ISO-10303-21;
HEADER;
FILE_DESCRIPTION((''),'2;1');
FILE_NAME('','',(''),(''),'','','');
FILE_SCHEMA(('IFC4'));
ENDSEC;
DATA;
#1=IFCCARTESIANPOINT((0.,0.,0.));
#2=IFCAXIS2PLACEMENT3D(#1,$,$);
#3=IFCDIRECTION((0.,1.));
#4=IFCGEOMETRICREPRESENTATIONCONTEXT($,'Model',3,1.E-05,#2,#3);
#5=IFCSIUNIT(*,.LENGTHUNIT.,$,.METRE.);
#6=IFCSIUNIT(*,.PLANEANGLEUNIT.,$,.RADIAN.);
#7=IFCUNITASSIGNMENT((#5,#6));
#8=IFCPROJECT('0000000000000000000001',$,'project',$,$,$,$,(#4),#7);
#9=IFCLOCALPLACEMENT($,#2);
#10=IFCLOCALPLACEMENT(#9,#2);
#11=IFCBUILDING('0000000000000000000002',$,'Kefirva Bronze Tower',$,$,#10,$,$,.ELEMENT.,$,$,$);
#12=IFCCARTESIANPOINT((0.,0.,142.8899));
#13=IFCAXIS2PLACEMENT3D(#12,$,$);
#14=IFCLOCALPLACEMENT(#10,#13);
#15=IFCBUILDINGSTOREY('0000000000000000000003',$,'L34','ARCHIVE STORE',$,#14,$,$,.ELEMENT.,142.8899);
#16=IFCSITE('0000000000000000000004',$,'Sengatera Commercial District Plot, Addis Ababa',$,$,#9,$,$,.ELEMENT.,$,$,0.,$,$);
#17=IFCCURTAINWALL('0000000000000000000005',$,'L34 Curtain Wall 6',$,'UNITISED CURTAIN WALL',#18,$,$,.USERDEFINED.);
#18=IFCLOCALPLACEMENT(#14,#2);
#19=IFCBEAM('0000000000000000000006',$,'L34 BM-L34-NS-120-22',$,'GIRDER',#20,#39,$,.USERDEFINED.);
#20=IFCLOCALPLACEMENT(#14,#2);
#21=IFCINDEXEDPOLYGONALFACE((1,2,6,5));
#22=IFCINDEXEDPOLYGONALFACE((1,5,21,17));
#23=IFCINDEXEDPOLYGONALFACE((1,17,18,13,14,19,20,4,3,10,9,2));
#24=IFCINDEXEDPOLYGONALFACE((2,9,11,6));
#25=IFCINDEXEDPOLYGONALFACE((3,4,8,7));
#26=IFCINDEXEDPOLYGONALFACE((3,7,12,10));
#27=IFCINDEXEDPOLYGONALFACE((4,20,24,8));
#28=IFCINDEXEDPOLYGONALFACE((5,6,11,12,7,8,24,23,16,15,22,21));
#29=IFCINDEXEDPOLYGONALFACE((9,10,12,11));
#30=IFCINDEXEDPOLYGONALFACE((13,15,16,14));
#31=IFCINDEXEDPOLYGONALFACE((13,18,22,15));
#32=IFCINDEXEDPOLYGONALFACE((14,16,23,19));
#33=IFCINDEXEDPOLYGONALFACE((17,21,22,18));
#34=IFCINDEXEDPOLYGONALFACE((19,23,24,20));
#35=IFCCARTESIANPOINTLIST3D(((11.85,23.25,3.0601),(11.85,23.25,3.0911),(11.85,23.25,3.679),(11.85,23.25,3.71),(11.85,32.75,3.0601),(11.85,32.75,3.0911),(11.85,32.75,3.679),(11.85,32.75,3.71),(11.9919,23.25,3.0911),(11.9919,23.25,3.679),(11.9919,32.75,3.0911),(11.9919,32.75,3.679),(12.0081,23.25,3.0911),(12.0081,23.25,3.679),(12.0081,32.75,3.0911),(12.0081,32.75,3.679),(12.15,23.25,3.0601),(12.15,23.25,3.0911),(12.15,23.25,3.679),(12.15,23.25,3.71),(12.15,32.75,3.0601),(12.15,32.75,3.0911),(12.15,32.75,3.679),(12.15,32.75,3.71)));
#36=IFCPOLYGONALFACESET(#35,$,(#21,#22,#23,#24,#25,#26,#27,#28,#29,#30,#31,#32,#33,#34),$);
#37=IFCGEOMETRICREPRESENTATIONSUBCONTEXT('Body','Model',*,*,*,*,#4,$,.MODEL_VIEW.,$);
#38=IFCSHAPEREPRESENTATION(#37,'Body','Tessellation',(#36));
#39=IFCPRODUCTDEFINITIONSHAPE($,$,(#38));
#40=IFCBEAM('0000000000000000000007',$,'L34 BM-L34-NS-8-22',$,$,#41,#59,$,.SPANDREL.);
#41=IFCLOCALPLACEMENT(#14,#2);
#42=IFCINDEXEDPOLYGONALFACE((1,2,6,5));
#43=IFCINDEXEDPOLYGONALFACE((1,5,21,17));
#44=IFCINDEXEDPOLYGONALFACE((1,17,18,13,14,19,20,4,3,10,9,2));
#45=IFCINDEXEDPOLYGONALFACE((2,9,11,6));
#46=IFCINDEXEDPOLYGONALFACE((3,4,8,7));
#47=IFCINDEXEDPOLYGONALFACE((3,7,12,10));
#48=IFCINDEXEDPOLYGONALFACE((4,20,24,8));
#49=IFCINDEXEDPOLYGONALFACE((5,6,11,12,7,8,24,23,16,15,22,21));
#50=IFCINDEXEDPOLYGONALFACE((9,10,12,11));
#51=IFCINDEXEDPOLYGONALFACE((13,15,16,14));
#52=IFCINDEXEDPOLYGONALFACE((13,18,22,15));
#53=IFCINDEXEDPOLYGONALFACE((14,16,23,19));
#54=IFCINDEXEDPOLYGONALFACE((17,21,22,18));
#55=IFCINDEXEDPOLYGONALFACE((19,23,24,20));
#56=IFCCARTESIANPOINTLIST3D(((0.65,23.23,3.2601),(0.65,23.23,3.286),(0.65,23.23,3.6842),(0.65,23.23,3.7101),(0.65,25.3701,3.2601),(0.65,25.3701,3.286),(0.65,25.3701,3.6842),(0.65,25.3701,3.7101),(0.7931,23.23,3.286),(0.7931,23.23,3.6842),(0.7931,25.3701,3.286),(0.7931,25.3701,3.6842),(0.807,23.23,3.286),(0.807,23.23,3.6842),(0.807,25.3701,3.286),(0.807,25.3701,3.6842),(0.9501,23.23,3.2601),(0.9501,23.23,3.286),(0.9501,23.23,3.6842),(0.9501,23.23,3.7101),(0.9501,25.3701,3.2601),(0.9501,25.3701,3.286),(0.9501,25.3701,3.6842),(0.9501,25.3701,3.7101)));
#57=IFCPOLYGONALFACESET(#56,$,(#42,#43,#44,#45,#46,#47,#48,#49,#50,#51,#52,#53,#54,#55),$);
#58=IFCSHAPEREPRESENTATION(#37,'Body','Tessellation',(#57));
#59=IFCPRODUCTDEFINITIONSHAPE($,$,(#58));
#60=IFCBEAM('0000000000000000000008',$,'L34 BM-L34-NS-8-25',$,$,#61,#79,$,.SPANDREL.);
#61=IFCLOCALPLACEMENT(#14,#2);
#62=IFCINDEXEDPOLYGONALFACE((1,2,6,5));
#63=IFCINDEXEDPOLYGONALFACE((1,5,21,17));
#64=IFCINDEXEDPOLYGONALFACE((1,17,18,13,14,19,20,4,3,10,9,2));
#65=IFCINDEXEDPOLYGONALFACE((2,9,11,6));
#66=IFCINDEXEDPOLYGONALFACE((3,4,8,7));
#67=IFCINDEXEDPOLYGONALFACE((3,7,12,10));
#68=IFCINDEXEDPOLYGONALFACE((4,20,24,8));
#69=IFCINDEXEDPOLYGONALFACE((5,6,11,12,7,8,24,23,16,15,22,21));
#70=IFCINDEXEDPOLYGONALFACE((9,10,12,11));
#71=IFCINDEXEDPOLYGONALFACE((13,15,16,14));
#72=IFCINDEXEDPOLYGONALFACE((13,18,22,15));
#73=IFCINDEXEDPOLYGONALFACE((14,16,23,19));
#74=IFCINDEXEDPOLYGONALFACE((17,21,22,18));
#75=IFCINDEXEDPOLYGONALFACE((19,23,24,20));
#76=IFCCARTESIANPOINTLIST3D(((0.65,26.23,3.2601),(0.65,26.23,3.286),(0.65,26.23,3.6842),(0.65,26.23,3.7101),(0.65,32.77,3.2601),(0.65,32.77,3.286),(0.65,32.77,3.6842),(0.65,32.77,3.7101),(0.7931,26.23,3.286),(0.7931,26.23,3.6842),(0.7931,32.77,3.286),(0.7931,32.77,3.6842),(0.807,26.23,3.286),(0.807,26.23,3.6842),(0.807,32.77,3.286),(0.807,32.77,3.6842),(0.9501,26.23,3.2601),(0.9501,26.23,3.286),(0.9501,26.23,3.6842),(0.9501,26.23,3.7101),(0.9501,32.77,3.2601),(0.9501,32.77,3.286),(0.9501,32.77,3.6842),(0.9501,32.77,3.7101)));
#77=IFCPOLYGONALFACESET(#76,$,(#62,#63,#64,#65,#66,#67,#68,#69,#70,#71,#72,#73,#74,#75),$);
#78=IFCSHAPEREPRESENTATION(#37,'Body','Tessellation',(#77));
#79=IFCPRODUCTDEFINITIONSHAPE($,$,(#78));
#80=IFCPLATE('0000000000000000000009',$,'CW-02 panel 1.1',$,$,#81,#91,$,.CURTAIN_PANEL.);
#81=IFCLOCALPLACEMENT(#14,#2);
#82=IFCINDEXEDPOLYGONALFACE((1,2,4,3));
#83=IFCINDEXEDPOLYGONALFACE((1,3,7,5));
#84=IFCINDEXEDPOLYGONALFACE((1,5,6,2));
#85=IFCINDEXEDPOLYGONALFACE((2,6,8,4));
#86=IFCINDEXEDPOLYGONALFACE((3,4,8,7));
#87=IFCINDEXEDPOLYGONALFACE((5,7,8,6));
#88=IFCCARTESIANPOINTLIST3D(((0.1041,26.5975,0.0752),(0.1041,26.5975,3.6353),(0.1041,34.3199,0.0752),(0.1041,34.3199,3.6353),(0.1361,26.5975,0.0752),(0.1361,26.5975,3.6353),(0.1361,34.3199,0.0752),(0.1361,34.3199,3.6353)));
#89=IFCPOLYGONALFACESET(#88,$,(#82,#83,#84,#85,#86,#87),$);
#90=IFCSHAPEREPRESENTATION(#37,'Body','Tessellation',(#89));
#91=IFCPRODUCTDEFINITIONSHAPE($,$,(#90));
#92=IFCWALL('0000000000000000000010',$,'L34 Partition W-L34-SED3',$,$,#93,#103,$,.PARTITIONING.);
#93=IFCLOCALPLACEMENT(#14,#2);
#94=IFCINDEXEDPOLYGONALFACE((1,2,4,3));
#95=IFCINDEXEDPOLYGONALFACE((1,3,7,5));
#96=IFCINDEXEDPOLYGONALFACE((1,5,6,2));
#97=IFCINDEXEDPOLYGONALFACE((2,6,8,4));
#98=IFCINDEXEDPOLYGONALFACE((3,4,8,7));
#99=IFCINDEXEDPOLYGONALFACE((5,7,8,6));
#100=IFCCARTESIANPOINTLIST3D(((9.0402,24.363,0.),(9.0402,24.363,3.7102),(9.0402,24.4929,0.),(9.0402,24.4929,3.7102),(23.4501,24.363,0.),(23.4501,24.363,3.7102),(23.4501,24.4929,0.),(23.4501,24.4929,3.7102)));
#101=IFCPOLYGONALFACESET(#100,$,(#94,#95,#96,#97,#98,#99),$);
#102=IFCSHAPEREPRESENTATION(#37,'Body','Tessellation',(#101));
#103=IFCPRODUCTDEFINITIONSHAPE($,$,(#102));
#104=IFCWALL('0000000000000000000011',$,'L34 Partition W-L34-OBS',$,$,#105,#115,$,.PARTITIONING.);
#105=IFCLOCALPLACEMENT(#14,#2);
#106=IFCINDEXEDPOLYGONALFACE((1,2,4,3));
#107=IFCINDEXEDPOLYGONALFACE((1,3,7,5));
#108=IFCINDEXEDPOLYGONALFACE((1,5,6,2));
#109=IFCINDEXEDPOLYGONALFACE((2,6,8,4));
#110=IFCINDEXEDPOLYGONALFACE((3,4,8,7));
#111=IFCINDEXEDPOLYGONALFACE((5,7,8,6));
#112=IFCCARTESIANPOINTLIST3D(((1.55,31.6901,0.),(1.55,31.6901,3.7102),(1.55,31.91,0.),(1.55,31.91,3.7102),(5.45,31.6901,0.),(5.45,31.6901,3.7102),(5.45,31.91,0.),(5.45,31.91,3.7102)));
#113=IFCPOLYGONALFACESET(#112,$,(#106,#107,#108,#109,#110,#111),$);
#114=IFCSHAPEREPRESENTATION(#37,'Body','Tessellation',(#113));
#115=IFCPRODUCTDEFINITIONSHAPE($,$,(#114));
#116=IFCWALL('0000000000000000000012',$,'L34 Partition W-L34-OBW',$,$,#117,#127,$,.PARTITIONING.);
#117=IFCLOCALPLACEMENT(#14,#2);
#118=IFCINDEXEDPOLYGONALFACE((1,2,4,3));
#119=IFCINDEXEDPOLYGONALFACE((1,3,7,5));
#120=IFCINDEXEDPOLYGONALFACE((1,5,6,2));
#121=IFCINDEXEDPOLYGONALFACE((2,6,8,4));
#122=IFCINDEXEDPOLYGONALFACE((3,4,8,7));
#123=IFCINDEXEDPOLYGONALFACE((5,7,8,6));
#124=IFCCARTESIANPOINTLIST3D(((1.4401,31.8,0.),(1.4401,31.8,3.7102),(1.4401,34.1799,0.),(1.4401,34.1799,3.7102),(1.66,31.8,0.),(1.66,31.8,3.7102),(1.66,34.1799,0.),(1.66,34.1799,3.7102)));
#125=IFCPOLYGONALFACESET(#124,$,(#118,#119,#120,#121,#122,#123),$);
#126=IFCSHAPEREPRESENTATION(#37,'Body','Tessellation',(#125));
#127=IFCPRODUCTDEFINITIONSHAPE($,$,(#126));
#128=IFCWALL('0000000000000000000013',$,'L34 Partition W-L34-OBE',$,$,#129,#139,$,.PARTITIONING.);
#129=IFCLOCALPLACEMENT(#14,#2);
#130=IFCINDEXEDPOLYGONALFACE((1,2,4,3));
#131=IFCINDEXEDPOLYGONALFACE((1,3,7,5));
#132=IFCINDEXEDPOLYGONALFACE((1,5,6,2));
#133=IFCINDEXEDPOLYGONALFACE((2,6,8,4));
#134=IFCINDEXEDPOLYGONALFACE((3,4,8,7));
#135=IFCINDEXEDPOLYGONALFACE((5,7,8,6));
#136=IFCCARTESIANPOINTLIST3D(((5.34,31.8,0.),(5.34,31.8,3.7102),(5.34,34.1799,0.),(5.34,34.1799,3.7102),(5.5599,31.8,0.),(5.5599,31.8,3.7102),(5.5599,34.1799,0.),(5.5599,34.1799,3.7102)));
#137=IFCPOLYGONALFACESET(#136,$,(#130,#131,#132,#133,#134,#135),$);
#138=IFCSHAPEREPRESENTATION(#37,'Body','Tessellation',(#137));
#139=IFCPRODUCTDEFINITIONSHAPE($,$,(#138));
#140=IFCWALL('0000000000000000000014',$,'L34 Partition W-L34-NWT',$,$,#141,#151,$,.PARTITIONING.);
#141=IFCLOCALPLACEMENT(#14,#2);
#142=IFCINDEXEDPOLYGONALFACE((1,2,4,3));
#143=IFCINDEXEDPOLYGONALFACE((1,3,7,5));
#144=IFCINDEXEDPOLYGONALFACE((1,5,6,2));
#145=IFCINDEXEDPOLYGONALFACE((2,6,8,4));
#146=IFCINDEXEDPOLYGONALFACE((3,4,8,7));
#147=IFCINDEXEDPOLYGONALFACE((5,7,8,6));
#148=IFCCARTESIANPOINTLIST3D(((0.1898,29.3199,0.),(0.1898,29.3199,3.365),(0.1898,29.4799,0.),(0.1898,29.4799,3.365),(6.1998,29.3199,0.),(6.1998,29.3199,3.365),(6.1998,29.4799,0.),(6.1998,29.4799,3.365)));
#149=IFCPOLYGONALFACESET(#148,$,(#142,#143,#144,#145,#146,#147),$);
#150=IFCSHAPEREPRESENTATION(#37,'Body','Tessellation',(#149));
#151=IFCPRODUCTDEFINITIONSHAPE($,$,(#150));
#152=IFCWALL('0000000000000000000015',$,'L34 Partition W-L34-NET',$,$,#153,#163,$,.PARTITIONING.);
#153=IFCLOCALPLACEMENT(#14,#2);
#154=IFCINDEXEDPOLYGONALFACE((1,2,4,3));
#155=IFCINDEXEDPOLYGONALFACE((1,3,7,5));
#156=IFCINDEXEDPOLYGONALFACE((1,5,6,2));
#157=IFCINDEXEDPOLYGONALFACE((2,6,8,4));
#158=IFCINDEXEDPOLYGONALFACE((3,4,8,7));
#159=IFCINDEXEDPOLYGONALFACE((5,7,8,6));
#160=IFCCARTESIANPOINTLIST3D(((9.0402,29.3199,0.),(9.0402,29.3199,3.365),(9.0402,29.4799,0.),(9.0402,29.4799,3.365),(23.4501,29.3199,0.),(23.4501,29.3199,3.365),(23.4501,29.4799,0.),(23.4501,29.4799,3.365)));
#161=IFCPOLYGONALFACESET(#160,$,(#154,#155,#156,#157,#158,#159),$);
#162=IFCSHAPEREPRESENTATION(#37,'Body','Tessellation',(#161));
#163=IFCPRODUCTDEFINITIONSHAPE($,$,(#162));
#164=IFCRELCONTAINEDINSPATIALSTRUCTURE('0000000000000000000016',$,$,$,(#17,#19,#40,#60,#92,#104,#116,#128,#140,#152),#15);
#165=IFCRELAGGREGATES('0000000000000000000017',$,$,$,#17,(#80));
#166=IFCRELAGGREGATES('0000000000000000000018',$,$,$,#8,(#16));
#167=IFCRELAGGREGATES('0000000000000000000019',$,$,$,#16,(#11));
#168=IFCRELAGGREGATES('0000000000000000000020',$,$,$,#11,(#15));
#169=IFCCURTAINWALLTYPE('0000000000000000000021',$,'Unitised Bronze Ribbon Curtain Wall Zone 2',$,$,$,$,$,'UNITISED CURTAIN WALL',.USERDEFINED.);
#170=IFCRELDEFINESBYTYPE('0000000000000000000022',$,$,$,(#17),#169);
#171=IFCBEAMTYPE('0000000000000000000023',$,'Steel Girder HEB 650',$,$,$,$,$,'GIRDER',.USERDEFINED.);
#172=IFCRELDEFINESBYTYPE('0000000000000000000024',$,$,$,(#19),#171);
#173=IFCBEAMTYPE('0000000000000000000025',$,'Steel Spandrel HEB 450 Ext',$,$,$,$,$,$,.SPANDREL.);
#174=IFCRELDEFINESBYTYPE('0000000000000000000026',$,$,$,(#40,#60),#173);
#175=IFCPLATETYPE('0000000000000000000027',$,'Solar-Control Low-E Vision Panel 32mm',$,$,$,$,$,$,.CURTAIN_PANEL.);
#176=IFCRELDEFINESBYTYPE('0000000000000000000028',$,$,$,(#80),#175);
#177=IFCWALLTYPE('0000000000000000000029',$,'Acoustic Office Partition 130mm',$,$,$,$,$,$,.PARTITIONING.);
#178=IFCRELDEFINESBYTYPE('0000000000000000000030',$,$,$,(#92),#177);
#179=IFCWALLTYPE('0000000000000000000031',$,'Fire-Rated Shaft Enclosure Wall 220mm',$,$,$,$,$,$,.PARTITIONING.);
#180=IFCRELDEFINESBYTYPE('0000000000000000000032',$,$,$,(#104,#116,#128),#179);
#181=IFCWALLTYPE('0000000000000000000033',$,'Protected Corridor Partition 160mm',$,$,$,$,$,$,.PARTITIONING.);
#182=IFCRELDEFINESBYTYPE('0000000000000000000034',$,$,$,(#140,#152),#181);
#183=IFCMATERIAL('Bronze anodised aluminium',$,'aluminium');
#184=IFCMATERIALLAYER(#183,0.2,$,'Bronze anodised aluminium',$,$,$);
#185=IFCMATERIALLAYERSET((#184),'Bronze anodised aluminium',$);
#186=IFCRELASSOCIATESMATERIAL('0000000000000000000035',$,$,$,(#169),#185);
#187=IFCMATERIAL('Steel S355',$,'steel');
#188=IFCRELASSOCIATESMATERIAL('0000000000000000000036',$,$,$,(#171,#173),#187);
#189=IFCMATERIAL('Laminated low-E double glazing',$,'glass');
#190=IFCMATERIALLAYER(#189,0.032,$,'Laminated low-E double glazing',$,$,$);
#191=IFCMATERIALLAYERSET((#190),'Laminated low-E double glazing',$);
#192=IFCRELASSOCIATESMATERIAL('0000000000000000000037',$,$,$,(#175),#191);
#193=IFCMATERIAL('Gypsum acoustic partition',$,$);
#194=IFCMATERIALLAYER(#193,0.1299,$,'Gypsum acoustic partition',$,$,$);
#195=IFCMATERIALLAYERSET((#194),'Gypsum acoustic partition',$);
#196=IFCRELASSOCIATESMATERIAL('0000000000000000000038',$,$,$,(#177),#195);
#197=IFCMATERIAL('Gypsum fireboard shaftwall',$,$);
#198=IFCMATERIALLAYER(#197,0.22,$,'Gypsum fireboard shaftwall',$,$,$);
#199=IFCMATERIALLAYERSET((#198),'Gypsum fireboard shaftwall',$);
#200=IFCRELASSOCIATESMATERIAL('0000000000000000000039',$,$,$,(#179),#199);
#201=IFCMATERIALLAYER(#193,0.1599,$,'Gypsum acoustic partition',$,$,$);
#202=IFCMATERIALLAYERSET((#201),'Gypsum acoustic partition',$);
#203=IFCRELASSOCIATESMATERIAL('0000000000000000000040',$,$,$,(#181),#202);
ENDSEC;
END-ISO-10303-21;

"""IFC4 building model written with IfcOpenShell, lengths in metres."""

from ifc_helpers import new_model, si_unit, direction, frame, frame_2d, origin, origin_2d, place, context, subcontext, project, spatial, rectangle, i_section, extrude, material, layer, layer_set, material_profile, profile_set, type_object, element, aggregate, save


model = new_model("IFC4")

# Units and contexts
model_context = context("Model", 3, precision=1e-05, world=origin(), true_north=direction((0.0, 1.0)))
body_context = subcontext(model_context, "Body", "Model", "MODEL_VIEW")
ifc_project = project(units=[si_unit("LENGTHUNIT", "METRE"), si_unit("PLANEANGLEUNIT", "RADIAN")], contexts=[model_context])

# Site, building, storey
site_placement = place(None, origin())
site = spatial("IfcSite", under=ifc_project, at=site_placement, Name="Sengatera Commercial District Plot, Addis Ababa", CompositionType="ELEMENT", RefElevation=0.0)
building_placement = place(site_placement, origin())
building = spatial("IfcBuilding", under=site, at=building_placement, Name="Kefirva Bronze Tower", CompositionType="ELEMENT")
storey_placement = place(building_placement, frame((0.0, 0.0, 142.8899)))
storey = spatial("IfcBuildingStorey", under=building, at=storey_placement, Name="L34", Description="ARCHIVE STORE", CompositionType="ELEMENT", Elevation=142.8899)

# Curtain wall
ifc_material_1 = material(Name="Bronze anodised aluminium", Category="aluminium")
ifc_layer_1 = layer(ifc_material_1, 0.2, Name="Bronze anodised aluminium")
ifc_layer_set_1 = layer_set([ifc_layer_1], Name="Bronze anodised aluminium")
curtain_wall_type = type_object("IfcCurtainWallType", Name="Unitised Bronze Ribbon Curtain Wall Zone 2", ElementType="UNITISED CURTAIN WALL", PredefinedType="USERDEFINED", material=ifc_layer_set_1)
curtain_wall_placement = place(storey_placement, origin())
curtain_wall = element("IfcCurtainWall", 1, at=curtain_wall_placement, inside=storey, type_object=curtain_wall_type, Name="L34 Curtain Wall 6", ObjectType="UNITISED CURTAIN WALL", PredefinedType="USERDEFINED")

# Beams
ifc_material_2 = material(Name="Steel S355", Category="steel")
ifc_material_profile_1 = material_profile(ifc_material_2, i_section(OverallWidth=0.3, OverallDepth=0.6499, WebThickness=0.0161, FlangeThickness=0.031, at=origin_2d()), Name="HEB 650")
ifc_profile_set_1 = profile_set([ifc_material_profile_1], Name="Steel S355")
beam_type_1 = type_object("IfcBeamType", Name="Steel Girder HEB 650", ElementType="GIRDER", PredefinedType="USERDEFINED", material=ifc_profile_set_1)
beam_1_placement = place(storey_placement, frame((12.0, 23.25, 3.385), z_axis=(0.0, 1.0, 0.0), x_axis=(-1.0, 0.0, 0.0)))
element("IfcBeam", 2, at=beam_1_placement, inside=storey, type_object=beam_type_1, Name="L34 BM-L34-NS-120-22", ObjectType="GIRDER", PredefinedType="USERDEFINED", context=body_context, shape_type="SweptSolid", body=[
    extrude(i_section(OverallWidth=0.3, OverallDepth=0.6499, WebThickness=0.0161, FlangeThickness=0.031, at=origin_2d()), origin(), (0.0, 0.0, 1.0), 9.5),
])
ifc_material_profile_2 = material_profile(ifc_material_2, i_section(OverallWidth=0.3, OverallDepth=0.45, WebThickness=0.0139, FlangeThickness=0.0259, at=origin_2d()), Name="HEB 450")
ifc_profile_set_2 = profile_set([ifc_material_profile_2], Name="Steel S355")
beam_type_2 = type_object("IfcBeamType", Name="Steel Spandrel HEB 450 Ext", PredefinedType="SPANDREL", material=ifc_profile_set_2)
beam_2_placement = place(storey_placement, frame((0.8, 23.23, 3.4851), z_axis=(0.0, 1.0, 0.0), x_axis=(-1.0, 0.0, 0.0)))
element("IfcBeam", 3, at=beam_2_placement, inside=storey, type_object=beam_type_2, Name="L34 BM-L34-NS-8-22", PredefinedType="SPANDREL", context=body_context, shape_type="SweptSolid", body=[
    extrude(i_section(OverallWidth=0.3, OverallDepth=0.45, WebThickness=0.0139, FlangeThickness=0.0259, at=origin_2d()), origin(), (0.0, 0.0, 1.0), 2.1401),
])
beam_3_placement = place(storey_placement, frame((0.8, 26.23, 3.4851), z_axis=(0.0, 1.0, 0.0), x_axis=(-1.0, 0.0, 0.0)))
element("IfcBeam", 4, at=beam_3_placement, inside=storey, type_object=beam_type_2, Name="L34 BM-L34-NS-8-25", PredefinedType="SPANDREL", context=body_context, shape_type="SweptSolid", body=[
    extrude(i_section(OverallWidth=0.3, OverallDepth=0.45, WebThickness=0.0139, FlangeThickness=0.0259, at=origin_2d()), origin(), (0.0, 0.0, 1.0), 6.54),
])

# Plate
ifc_material_3 = material(Name="Laminated low-E double glazing", Category="glass")
ifc_layer_2 = layer(ifc_material_3, 0.032, Name="Laminated low-E double glazing")
ifc_layer_set_2 = layer_set([ifc_layer_2], Name="Laminated low-E double glazing")
plate_type = type_object("IfcPlateType", Name="Solar-Control Low-E Vision Panel 32mm", PredefinedType="CURTAIN_PANEL", material=ifc_layer_set_2)
plate_placement = place(storey_placement, frame((0.1201, 30.4587, 0.0752), z_axis=(0.0, 0.0, 1.0), x_axis=(0.0, -1.0, 0.0)))
plate = element("IfcPlate", 5, at=plate_placement, type_object=plate_type, Name="CW-02 panel 1.1", PredefinedType="CURTAIN_PANEL", context=body_context, shape_type="SweptSolid", body=[
    extrude(rectangle(XDim=7.7224, YDim=0.032, at=origin_2d()), origin(), (0.0, 0.0, 1.0), 3.5601),
])
aggregate(curtain_wall, [plate])

# Walls
ifc_material_4 = material(Name="Gypsum acoustic partition")
ifc_layer_3 = layer(ifc_material_4, 0.1299, Name="Gypsum acoustic partition")
ifc_layer_set_3 = layer_set([ifc_layer_3], Name="Gypsum acoustic partition")
wall_type_1 = type_object("IfcWallType", Name="Acoustic Office Partition 130mm", PredefinedType="PARTITIONING", material=ifc_layer_set_3)
wall_1_placement = place(storey_placement, frame((9.04, 24.428, 0.0), z_axis=(0.0, 0.0, 1.0), x_axis=(1.0, 0.0, 0.0)))
element("IfcWall", 6, at=wall_1_placement, inside=storey, type_object=wall_type_1, Name="L34 Partition W-L34-SED3", PredefinedType="PARTITIONING", context=body_context, shape_type="SweptSolid", body=[
    extrude(rectangle(XDim=14.4099, YDim=0.1299, at=frame_2d((7.2051, 0.0))), origin(), (0.0, 0.0, 1.0), 3.7102),
])
ifc_material_5 = material(Name="Gypsum fireboard shaftwall")
ifc_layer_4 = layer(ifc_material_5, 0.22, Name="Gypsum fireboard shaftwall")
ifc_layer_set_4 = layer_set([ifc_layer_4], Name="Gypsum fireboard shaftwall")
wall_type_2 = type_object("IfcWallType", Name="Fire-Rated Shaft Enclosure Wall 220mm", PredefinedType="PARTITIONING", material=ifc_layer_set_4)
wall_2_placement = place(storey_placement, frame((1.55, 31.8, 0.0), z_axis=(0.0, 0.0, 1.0), x_axis=(1.0, 0.0, 0.0)))
element("IfcWall", 7, at=wall_2_placement, inside=storey, type_object=wall_type_2, Name="L34 Partition W-L34-OBS", PredefinedType="PARTITIONING", context=body_context, shape_type="SweptSolid", body=[
    extrude(rectangle(XDim=3.8999, YDim=0.22, at=frame_2d((1.95, 0.0))), origin(), (0.0, 0.0, 1.0), 3.7102),
])
for number, where, z_axis, x_axis, name in (
    (8, (1.55, 31.8, 0.0), (0.0, 0.0, 1.0), (0.0, 1.0, 0.0), "L34 Partition W-L34-OBW"),
    (9, (5.45, 31.8, 0.0), (0.0, 0.0, 1.0), (0.0, 1.0, 0.0), "L34 Partition W-L34-OBE"),
):
    element("IfcWall", number, at=place(storey_placement, frame(where, z_axis=z_axis, x_axis=x_axis)), inside=storey, type_object=wall_type_2, Name=name, PredefinedType="PARTITIONING", context=body_context, shape_type="SweptSolid", body=[
        extrude(rectangle(XDim=2.3799, YDim=0.22, at=frame_2d((1.1899, 0.0))), origin(), (0.0, 0.0, 1.0), 3.7102),
    ])
ifc_layer_5 = layer(ifc_material_4, 0.1599, Name="Gypsum acoustic partition")
ifc_layer_set_5 = layer_set([ifc_layer_5], Name="Gypsum acoustic partition")
wall_type_3 = type_object("IfcWallType", Name="Protected Corridor Partition 160mm", PredefinedType="PARTITIONING", material=ifc_layer_set_5)
wall_3_placement = place(storey_placement, frame((0.1899, 29.3999, 0.0), z_axis=(0.0, 0.0, 1.0), x_axis=(1.0, 0.0, 0.0)))
element("IfcWall", 10, at=wall_3_placement, inside=storey, type_object=wall_type_3, Name="L34 Partition W-L34-NWT", PredefinedType="PARTITIONING", context=body_context, shape_type="SweptSolid", body=[
    extrude(rectangle(XDim=6.01, YDim=0.1599, at=frame_2d((3.0049, 0.0))), origin(), (0.0, 0.0, 1.0), 3.365),
])
wall_4_placement = place(storey_placement, frame((9.04, 29.3999, 0.0), z_axis=(0.0, 0.0, 1.0), x_axis=(1.0, 0.0, 0.0)))
element("IfcWall", 11, at=wall_4_placement, inside=storey, type_object=wall_type_3, Name="L34 Partition W-L34-NET", PredefinedType="PARTITIONING", context=body_context, shape_type="SweptSolid", body=[
    extrude(rectangle(XDim=14.4099, YDim=0.1599, at=frame_2d((7.2051, 0.0))), origin(), (0.0, 0.0, 1.0), 3.365),
])

save(model, "model.ifc")
